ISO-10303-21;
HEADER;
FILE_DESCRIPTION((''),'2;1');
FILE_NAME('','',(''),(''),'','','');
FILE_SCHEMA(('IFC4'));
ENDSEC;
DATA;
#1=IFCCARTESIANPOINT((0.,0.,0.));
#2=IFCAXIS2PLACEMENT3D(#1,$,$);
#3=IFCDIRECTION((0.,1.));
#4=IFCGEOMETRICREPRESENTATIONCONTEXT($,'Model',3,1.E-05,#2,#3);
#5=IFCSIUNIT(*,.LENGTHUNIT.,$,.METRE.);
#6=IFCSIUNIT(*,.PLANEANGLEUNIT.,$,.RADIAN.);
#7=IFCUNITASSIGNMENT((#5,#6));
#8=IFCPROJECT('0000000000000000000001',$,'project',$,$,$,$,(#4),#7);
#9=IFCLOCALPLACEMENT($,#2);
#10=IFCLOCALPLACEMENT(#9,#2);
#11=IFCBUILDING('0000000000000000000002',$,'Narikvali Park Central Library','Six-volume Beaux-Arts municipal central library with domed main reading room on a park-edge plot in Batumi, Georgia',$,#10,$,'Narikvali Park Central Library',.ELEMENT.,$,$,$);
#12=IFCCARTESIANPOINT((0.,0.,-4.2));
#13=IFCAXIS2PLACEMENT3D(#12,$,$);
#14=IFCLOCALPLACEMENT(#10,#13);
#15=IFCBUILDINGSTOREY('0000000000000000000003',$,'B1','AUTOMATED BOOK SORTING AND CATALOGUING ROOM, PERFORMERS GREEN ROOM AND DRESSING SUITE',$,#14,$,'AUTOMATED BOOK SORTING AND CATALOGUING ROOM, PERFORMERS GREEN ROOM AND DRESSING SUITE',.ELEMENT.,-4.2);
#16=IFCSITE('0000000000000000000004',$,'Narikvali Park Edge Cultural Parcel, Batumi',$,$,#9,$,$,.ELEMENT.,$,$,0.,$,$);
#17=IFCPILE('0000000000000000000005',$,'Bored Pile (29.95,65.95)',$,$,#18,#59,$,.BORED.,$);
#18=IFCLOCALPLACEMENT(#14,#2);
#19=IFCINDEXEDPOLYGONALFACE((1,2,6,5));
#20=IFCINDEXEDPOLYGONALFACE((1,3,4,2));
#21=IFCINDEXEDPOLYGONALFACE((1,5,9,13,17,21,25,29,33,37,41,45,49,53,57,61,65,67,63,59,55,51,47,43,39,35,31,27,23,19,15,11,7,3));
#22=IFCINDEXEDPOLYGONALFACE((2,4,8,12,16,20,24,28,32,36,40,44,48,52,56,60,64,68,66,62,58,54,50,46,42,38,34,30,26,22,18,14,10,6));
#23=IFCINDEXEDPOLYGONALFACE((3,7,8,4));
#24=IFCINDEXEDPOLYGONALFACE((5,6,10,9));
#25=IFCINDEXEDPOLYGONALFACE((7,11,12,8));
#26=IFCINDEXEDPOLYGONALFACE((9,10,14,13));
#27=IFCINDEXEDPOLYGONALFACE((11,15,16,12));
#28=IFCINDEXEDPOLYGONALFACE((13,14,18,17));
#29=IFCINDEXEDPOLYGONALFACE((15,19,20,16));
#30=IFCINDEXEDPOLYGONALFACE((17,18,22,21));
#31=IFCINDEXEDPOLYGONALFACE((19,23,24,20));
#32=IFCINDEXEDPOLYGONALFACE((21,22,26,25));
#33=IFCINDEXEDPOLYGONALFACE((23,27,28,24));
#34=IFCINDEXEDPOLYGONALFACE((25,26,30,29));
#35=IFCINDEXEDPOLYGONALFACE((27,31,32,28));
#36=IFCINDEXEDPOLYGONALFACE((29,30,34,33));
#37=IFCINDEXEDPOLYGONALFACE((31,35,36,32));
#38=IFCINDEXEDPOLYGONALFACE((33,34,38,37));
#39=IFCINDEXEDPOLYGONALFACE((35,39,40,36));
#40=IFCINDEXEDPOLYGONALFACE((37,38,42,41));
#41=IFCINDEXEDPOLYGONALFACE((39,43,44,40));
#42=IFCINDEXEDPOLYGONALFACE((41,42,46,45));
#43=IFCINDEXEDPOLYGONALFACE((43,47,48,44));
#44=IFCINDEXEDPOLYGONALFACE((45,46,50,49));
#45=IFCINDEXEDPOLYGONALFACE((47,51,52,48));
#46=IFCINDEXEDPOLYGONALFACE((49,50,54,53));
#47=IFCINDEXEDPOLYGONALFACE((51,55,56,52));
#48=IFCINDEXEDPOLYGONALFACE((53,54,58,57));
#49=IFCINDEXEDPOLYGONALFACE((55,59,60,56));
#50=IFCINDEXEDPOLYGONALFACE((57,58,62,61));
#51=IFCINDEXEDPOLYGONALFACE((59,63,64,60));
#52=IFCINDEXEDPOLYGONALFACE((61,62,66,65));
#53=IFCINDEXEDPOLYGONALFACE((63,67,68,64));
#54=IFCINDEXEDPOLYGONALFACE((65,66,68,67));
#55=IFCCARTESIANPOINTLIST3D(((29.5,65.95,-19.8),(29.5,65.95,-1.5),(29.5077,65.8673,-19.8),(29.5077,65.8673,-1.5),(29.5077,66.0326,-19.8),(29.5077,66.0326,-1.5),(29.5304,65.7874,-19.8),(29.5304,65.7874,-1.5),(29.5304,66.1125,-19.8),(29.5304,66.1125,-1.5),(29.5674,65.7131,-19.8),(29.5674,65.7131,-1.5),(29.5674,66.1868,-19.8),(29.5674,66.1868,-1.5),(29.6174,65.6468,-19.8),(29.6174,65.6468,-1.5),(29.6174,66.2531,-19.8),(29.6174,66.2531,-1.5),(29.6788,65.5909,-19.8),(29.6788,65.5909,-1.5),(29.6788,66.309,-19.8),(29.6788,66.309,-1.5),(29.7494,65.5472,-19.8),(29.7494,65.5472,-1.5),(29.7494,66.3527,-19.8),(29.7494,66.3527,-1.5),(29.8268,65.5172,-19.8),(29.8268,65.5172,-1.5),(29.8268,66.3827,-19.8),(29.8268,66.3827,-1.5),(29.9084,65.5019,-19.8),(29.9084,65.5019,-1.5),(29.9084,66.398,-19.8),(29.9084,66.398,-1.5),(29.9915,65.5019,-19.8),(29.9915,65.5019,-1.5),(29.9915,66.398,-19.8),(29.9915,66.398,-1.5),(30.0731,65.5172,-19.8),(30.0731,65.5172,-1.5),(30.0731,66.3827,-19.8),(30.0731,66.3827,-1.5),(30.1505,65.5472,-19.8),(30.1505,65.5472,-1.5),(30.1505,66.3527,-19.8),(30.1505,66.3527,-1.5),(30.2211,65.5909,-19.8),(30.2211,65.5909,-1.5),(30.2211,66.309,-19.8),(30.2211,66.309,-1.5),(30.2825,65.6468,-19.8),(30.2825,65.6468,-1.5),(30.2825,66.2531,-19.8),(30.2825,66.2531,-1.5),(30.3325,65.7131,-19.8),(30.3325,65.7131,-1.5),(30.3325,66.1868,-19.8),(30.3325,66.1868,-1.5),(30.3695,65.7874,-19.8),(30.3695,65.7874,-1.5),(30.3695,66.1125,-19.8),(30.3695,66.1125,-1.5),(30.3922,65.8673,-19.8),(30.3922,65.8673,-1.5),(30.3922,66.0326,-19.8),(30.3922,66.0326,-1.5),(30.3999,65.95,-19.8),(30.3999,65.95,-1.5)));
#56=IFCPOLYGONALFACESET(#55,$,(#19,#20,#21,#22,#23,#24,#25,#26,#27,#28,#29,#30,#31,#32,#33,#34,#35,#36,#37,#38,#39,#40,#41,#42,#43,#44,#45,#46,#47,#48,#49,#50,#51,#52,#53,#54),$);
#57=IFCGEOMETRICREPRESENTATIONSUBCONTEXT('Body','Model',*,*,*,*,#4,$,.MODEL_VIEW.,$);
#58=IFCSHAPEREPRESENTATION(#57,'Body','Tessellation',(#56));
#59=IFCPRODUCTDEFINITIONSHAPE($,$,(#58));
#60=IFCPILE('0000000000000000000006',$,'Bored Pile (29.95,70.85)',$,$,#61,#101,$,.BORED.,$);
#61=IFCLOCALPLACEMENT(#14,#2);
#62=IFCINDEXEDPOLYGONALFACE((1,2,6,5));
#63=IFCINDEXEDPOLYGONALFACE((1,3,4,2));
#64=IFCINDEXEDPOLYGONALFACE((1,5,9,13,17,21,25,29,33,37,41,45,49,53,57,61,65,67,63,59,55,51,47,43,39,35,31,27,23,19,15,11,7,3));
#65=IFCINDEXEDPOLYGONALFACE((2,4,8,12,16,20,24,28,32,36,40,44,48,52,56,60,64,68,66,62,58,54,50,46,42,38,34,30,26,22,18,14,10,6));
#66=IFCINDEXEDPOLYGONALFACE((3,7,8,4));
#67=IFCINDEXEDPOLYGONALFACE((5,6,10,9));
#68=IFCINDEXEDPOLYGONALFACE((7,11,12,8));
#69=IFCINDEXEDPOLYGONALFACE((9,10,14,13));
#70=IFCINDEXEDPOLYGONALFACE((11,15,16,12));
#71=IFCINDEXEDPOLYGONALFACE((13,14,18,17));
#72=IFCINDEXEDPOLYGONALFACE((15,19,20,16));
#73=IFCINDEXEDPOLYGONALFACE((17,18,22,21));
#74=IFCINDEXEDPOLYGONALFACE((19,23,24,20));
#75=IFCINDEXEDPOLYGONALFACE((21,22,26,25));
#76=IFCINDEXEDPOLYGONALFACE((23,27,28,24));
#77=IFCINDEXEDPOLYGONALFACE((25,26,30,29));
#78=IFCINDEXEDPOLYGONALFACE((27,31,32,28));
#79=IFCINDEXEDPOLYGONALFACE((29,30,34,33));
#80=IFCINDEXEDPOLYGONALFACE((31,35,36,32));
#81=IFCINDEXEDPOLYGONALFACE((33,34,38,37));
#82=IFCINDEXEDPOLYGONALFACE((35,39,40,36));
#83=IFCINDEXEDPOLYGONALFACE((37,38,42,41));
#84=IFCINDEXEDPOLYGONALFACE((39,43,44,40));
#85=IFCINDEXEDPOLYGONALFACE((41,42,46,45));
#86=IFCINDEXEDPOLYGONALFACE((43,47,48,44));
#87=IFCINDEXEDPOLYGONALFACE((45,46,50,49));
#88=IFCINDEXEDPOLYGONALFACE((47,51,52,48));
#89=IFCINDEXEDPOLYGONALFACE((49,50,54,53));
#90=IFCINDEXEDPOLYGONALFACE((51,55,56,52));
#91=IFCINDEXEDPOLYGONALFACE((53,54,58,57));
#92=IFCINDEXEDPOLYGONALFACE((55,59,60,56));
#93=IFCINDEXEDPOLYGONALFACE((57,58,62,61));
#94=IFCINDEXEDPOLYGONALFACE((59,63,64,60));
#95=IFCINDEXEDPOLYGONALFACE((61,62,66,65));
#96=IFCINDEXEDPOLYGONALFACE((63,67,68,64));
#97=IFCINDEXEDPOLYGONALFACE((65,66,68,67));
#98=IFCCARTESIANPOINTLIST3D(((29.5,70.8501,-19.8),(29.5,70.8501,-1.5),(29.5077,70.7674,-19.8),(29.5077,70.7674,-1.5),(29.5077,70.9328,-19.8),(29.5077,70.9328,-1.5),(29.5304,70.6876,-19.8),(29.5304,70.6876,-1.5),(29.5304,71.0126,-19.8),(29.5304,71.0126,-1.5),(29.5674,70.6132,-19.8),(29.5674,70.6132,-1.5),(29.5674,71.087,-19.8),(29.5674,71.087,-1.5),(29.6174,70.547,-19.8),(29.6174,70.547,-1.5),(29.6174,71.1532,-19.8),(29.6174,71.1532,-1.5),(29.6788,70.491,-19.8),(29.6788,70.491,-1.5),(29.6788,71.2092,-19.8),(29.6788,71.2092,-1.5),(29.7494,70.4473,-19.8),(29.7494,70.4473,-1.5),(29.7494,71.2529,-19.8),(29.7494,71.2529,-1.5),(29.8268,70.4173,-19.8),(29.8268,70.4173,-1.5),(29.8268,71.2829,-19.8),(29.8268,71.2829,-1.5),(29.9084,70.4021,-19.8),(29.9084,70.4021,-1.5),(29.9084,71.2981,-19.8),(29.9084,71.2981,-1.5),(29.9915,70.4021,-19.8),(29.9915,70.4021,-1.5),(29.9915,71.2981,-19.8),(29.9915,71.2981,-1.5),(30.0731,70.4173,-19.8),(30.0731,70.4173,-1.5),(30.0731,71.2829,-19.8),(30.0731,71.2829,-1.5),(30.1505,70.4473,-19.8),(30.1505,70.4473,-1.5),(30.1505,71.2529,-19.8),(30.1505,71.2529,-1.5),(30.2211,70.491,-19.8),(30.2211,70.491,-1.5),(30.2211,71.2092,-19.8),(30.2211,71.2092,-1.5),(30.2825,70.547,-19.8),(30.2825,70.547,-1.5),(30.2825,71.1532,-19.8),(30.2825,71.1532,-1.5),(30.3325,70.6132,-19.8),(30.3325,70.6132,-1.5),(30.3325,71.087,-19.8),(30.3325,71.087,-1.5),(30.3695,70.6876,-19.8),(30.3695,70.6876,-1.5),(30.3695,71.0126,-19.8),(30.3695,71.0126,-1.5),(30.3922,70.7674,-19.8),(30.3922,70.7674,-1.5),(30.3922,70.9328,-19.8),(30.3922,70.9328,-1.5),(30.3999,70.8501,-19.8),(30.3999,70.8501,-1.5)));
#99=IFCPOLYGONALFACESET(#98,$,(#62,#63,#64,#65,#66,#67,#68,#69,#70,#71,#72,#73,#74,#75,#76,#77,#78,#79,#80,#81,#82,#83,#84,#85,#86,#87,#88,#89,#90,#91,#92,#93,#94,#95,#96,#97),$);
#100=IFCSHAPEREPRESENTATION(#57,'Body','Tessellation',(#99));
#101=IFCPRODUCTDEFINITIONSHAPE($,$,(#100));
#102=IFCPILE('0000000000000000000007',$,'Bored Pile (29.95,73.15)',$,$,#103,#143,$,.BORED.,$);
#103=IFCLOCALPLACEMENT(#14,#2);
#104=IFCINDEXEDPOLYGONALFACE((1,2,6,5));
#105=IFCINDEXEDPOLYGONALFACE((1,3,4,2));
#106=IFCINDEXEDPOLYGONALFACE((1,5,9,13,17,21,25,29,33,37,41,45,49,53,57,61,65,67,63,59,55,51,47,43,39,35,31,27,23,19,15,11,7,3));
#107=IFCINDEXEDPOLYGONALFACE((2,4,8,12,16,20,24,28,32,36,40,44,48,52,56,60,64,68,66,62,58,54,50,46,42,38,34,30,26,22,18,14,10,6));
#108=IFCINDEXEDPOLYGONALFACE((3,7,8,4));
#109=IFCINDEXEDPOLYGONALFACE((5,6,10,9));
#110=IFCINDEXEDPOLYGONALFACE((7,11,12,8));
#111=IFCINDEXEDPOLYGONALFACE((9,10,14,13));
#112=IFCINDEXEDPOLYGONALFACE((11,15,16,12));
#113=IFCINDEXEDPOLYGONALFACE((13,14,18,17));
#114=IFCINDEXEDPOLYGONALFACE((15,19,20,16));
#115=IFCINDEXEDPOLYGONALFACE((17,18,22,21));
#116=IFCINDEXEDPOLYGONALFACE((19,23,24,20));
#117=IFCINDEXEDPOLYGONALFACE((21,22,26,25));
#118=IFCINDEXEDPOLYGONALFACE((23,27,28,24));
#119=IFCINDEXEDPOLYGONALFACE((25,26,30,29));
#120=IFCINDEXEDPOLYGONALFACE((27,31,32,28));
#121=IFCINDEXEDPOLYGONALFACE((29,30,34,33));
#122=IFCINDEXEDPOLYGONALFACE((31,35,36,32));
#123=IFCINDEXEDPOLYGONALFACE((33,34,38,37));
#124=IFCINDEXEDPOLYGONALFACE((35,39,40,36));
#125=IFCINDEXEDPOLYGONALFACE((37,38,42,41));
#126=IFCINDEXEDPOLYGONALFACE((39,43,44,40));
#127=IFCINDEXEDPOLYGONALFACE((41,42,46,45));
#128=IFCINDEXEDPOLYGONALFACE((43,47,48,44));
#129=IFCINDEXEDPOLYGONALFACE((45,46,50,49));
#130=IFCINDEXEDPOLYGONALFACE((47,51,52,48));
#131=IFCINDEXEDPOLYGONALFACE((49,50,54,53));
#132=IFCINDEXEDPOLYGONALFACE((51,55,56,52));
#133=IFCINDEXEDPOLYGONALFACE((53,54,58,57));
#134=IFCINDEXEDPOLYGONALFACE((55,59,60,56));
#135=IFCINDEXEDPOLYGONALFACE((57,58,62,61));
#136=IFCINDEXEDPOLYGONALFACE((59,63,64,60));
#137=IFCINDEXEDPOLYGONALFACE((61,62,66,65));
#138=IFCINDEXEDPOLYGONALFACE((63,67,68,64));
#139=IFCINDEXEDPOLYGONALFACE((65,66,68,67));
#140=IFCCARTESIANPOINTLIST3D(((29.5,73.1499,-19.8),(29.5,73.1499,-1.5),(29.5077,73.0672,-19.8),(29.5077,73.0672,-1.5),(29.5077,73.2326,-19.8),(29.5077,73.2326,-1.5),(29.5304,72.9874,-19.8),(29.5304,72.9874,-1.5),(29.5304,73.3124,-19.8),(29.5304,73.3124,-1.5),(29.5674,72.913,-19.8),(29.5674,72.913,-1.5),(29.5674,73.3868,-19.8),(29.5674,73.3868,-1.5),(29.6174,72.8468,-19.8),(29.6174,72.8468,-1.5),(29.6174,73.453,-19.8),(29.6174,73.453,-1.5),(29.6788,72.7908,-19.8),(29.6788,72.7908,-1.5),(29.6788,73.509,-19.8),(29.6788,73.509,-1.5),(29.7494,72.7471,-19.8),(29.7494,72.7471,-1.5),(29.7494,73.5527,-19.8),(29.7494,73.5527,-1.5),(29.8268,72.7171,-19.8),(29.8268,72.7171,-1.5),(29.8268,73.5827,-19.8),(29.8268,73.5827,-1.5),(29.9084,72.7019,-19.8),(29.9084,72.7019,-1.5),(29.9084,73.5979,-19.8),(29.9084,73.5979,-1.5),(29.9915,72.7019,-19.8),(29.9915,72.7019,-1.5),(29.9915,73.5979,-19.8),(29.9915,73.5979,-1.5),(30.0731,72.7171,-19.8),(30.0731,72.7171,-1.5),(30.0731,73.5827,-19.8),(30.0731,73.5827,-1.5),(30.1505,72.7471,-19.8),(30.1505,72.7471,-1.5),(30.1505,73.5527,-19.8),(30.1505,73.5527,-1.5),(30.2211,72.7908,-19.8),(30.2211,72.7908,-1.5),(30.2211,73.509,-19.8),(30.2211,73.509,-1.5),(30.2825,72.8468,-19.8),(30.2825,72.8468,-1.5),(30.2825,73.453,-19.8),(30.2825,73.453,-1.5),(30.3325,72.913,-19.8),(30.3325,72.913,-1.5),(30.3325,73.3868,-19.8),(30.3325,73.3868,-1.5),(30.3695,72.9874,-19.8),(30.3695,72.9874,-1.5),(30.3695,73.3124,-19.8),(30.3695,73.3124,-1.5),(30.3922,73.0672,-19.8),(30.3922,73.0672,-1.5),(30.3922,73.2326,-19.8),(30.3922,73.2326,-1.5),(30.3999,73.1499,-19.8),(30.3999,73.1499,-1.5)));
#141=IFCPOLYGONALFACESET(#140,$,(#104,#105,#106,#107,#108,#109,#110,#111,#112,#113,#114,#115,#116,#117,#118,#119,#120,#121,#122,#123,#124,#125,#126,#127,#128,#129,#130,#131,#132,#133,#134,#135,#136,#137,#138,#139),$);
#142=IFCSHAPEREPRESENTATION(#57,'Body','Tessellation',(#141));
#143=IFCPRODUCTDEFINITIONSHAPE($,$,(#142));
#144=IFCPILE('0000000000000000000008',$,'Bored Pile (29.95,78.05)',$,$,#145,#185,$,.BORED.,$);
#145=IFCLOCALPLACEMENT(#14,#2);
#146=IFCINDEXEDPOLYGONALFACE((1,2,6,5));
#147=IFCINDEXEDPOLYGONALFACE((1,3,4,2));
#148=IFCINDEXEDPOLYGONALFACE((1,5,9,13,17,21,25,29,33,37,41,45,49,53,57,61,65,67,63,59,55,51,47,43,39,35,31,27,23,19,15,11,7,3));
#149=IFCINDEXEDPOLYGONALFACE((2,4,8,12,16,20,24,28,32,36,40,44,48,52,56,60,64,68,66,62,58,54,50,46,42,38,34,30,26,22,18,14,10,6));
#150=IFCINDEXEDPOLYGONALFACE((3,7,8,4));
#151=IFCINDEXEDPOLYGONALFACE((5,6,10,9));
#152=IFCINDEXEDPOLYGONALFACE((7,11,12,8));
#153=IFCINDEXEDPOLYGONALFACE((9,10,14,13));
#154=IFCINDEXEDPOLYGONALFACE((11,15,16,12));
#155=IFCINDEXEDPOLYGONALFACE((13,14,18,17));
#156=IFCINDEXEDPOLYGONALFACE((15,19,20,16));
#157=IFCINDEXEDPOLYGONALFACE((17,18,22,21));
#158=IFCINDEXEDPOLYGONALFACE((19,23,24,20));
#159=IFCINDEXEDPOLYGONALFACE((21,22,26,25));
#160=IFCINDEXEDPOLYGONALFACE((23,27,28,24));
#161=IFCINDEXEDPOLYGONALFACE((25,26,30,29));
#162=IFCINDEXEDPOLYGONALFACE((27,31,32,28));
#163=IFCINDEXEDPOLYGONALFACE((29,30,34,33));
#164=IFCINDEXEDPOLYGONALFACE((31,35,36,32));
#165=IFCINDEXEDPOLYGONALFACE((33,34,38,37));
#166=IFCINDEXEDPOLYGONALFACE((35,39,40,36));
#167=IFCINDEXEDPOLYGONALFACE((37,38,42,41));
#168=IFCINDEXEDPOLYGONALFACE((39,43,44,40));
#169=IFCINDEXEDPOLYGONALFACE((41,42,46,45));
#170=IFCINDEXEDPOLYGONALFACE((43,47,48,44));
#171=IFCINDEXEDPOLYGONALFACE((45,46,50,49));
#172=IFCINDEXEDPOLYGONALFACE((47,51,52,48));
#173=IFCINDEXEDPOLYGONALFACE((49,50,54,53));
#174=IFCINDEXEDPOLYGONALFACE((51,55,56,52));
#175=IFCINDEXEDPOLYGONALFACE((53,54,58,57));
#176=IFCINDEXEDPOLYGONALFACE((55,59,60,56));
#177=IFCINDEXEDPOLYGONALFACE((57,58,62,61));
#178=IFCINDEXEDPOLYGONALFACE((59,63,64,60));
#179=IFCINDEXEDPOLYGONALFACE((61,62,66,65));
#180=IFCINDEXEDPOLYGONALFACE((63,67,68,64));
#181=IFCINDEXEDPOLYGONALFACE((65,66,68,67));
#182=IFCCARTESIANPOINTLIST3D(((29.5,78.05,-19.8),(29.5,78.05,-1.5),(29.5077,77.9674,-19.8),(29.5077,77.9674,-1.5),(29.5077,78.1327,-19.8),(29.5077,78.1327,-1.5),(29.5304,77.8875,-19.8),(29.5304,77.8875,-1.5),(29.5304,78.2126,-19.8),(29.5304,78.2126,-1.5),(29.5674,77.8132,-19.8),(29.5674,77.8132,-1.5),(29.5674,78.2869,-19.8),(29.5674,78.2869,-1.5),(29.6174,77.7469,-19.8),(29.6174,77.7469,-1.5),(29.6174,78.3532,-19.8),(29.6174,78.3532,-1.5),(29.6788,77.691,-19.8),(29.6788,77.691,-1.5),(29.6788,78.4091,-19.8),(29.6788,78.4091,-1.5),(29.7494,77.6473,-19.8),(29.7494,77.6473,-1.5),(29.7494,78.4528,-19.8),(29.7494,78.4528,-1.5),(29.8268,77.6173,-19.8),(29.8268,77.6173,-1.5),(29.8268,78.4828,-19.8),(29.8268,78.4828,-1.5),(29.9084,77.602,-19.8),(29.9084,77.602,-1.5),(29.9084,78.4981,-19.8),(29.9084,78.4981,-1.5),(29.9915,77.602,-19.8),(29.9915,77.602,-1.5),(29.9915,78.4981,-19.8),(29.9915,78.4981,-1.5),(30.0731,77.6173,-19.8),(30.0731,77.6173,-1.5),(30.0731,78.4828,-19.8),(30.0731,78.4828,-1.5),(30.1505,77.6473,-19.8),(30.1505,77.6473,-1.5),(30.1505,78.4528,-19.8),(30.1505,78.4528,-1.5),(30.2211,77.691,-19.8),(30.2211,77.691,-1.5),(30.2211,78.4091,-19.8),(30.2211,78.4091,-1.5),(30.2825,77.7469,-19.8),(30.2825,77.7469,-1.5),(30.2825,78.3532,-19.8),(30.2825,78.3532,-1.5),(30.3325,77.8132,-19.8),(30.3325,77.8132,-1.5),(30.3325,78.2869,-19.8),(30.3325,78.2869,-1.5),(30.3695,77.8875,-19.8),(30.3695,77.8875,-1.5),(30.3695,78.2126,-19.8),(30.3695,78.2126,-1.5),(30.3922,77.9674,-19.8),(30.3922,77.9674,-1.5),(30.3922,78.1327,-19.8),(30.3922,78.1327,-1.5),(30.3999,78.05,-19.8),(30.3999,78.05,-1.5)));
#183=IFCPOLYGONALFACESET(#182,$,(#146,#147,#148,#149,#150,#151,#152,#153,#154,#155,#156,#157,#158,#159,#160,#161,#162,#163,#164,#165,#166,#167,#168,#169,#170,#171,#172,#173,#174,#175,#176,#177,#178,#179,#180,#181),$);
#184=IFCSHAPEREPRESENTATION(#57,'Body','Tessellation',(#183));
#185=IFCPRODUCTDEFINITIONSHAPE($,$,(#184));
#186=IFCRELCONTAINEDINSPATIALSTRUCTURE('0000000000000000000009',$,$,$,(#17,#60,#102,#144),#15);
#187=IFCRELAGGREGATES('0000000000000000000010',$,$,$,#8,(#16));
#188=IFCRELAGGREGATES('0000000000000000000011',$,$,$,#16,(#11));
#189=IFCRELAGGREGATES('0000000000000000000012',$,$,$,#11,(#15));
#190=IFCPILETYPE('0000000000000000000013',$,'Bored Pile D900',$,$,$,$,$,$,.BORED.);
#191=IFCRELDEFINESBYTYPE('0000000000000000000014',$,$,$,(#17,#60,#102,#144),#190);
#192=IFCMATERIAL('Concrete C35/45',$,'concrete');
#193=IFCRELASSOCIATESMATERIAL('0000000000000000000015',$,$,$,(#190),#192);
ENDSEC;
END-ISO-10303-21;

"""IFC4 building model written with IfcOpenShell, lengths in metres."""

from ifc_helpers import new_model, si_unit, direction, frame, origin, origin_2d, place, context, subcontext, project, spatial, circle, extrude, material, material_profile, profile_set, type_object, element, save


model = new_model("IFC4")

# Units and contexts
model_context = context("Model", 3, precision=1e-05, world=origin(), true_north=direction((0.0, 1.0)))
body_context = subcontext(model_context, "Body", "Model", "MODEL_VIEW")
ifc_project = project(units=[si_unit("LENGTHUNIT", "METRE"), si_unit("PLANEANGLEUNIT", "RADIAN")], contexts=[model_context])

# Site, building, storey
site_placement = place(None, origin())
site = spatial("IfcSite", under=ifc_project, at=site_placement, Name="Narikvali Park Edge Cultural Parcel, Batumi", CompositionType="ELEMENT", RefElevation=0.0)
building_placement = place(site_placement, origin())
building = spatial("IfcBuilding", under=site, at=building_placement, Name="Narikvali Park Central Library", Description="Six-volume Beaux-Arts municipal central library with domed main reading room on a park-edge plot in Batumi, Georgia", LongName="Narikvali Park Central Library", CompositionType="ELEMENT")
storey_placement = place(building_placement, frame((0.0, 0.0, -4.2)))
storey = spatial("IfcBuildingStorey", under=building, at=storey_placement, Name="B1", Description="AUTOMATED BOOK SORTING AND CATALOGUING ROOM, PERFORMERS GREEN ROOM AND DRESSING SUITE", LongName="AUTOMATED BOOK SORTING AND CATALOGUING ROOM, PERFORMERS GREEN ROOM AND DRESSING SUITE", CompositionType="ELEMENT", Elevation=-4.2)

# Piles
ifc_material_1 = material(Name="Concrete C35/45", Category="concrete")
ifc_material_profile_1 = material_profile(ifc_material_1, circle(Radius=0.45, at=origin_2d()), Name="PILE D900")
ifc_profile_set_1 = profile_set([ifc_material_profile_1], Name="Concrete C35/45")
pile_type = type_object("IfcPileType", Name="Bored Pile D900", PredefinedType="BORED", material=ifc_profile_set_1)
for number, where, z_axis, x_axis, name in (
    (1, (29.95, 65.95, -1.5), (0.0, 0.0, -1.0), (1.0, 0.0, 0.0), "Bored Pile (29.95,65.95)"),
    (2, (29.95, 70.8501, -1.5), (0.0, 0.0, -1.0), (1.0, 0.0, 0.0), "Bored Pile (29.95,70.85)"),
    (3, (29.95, 73.1499, -1.5), (0.0, 0.0, -1.0), (1.0, 0.0, 0.0), "Bored Pile (29.95,73.15)"),
    (4, (29.95, 78.05, -1.5), (0.0, 0.0, -1.0), (1.0, 0.0, 0.0), "Bored Pile (29.95,78.05)"),
):
    element("IfcPile", number, at=place(storey_placement, frame(where, z_axis=z_axis, x_axis=x_axis)), inside=storey, type_object=pile_type, Name=name, PredefinedType="BORED", context=body_context, shape_type="SweptSolid", body=[
        extrude(circle(Radius=0.45, at=origin_2d()), origin(), (0.0, 0.0, 1.0), 18.3),
    ])

save(model, "model.ifc")
